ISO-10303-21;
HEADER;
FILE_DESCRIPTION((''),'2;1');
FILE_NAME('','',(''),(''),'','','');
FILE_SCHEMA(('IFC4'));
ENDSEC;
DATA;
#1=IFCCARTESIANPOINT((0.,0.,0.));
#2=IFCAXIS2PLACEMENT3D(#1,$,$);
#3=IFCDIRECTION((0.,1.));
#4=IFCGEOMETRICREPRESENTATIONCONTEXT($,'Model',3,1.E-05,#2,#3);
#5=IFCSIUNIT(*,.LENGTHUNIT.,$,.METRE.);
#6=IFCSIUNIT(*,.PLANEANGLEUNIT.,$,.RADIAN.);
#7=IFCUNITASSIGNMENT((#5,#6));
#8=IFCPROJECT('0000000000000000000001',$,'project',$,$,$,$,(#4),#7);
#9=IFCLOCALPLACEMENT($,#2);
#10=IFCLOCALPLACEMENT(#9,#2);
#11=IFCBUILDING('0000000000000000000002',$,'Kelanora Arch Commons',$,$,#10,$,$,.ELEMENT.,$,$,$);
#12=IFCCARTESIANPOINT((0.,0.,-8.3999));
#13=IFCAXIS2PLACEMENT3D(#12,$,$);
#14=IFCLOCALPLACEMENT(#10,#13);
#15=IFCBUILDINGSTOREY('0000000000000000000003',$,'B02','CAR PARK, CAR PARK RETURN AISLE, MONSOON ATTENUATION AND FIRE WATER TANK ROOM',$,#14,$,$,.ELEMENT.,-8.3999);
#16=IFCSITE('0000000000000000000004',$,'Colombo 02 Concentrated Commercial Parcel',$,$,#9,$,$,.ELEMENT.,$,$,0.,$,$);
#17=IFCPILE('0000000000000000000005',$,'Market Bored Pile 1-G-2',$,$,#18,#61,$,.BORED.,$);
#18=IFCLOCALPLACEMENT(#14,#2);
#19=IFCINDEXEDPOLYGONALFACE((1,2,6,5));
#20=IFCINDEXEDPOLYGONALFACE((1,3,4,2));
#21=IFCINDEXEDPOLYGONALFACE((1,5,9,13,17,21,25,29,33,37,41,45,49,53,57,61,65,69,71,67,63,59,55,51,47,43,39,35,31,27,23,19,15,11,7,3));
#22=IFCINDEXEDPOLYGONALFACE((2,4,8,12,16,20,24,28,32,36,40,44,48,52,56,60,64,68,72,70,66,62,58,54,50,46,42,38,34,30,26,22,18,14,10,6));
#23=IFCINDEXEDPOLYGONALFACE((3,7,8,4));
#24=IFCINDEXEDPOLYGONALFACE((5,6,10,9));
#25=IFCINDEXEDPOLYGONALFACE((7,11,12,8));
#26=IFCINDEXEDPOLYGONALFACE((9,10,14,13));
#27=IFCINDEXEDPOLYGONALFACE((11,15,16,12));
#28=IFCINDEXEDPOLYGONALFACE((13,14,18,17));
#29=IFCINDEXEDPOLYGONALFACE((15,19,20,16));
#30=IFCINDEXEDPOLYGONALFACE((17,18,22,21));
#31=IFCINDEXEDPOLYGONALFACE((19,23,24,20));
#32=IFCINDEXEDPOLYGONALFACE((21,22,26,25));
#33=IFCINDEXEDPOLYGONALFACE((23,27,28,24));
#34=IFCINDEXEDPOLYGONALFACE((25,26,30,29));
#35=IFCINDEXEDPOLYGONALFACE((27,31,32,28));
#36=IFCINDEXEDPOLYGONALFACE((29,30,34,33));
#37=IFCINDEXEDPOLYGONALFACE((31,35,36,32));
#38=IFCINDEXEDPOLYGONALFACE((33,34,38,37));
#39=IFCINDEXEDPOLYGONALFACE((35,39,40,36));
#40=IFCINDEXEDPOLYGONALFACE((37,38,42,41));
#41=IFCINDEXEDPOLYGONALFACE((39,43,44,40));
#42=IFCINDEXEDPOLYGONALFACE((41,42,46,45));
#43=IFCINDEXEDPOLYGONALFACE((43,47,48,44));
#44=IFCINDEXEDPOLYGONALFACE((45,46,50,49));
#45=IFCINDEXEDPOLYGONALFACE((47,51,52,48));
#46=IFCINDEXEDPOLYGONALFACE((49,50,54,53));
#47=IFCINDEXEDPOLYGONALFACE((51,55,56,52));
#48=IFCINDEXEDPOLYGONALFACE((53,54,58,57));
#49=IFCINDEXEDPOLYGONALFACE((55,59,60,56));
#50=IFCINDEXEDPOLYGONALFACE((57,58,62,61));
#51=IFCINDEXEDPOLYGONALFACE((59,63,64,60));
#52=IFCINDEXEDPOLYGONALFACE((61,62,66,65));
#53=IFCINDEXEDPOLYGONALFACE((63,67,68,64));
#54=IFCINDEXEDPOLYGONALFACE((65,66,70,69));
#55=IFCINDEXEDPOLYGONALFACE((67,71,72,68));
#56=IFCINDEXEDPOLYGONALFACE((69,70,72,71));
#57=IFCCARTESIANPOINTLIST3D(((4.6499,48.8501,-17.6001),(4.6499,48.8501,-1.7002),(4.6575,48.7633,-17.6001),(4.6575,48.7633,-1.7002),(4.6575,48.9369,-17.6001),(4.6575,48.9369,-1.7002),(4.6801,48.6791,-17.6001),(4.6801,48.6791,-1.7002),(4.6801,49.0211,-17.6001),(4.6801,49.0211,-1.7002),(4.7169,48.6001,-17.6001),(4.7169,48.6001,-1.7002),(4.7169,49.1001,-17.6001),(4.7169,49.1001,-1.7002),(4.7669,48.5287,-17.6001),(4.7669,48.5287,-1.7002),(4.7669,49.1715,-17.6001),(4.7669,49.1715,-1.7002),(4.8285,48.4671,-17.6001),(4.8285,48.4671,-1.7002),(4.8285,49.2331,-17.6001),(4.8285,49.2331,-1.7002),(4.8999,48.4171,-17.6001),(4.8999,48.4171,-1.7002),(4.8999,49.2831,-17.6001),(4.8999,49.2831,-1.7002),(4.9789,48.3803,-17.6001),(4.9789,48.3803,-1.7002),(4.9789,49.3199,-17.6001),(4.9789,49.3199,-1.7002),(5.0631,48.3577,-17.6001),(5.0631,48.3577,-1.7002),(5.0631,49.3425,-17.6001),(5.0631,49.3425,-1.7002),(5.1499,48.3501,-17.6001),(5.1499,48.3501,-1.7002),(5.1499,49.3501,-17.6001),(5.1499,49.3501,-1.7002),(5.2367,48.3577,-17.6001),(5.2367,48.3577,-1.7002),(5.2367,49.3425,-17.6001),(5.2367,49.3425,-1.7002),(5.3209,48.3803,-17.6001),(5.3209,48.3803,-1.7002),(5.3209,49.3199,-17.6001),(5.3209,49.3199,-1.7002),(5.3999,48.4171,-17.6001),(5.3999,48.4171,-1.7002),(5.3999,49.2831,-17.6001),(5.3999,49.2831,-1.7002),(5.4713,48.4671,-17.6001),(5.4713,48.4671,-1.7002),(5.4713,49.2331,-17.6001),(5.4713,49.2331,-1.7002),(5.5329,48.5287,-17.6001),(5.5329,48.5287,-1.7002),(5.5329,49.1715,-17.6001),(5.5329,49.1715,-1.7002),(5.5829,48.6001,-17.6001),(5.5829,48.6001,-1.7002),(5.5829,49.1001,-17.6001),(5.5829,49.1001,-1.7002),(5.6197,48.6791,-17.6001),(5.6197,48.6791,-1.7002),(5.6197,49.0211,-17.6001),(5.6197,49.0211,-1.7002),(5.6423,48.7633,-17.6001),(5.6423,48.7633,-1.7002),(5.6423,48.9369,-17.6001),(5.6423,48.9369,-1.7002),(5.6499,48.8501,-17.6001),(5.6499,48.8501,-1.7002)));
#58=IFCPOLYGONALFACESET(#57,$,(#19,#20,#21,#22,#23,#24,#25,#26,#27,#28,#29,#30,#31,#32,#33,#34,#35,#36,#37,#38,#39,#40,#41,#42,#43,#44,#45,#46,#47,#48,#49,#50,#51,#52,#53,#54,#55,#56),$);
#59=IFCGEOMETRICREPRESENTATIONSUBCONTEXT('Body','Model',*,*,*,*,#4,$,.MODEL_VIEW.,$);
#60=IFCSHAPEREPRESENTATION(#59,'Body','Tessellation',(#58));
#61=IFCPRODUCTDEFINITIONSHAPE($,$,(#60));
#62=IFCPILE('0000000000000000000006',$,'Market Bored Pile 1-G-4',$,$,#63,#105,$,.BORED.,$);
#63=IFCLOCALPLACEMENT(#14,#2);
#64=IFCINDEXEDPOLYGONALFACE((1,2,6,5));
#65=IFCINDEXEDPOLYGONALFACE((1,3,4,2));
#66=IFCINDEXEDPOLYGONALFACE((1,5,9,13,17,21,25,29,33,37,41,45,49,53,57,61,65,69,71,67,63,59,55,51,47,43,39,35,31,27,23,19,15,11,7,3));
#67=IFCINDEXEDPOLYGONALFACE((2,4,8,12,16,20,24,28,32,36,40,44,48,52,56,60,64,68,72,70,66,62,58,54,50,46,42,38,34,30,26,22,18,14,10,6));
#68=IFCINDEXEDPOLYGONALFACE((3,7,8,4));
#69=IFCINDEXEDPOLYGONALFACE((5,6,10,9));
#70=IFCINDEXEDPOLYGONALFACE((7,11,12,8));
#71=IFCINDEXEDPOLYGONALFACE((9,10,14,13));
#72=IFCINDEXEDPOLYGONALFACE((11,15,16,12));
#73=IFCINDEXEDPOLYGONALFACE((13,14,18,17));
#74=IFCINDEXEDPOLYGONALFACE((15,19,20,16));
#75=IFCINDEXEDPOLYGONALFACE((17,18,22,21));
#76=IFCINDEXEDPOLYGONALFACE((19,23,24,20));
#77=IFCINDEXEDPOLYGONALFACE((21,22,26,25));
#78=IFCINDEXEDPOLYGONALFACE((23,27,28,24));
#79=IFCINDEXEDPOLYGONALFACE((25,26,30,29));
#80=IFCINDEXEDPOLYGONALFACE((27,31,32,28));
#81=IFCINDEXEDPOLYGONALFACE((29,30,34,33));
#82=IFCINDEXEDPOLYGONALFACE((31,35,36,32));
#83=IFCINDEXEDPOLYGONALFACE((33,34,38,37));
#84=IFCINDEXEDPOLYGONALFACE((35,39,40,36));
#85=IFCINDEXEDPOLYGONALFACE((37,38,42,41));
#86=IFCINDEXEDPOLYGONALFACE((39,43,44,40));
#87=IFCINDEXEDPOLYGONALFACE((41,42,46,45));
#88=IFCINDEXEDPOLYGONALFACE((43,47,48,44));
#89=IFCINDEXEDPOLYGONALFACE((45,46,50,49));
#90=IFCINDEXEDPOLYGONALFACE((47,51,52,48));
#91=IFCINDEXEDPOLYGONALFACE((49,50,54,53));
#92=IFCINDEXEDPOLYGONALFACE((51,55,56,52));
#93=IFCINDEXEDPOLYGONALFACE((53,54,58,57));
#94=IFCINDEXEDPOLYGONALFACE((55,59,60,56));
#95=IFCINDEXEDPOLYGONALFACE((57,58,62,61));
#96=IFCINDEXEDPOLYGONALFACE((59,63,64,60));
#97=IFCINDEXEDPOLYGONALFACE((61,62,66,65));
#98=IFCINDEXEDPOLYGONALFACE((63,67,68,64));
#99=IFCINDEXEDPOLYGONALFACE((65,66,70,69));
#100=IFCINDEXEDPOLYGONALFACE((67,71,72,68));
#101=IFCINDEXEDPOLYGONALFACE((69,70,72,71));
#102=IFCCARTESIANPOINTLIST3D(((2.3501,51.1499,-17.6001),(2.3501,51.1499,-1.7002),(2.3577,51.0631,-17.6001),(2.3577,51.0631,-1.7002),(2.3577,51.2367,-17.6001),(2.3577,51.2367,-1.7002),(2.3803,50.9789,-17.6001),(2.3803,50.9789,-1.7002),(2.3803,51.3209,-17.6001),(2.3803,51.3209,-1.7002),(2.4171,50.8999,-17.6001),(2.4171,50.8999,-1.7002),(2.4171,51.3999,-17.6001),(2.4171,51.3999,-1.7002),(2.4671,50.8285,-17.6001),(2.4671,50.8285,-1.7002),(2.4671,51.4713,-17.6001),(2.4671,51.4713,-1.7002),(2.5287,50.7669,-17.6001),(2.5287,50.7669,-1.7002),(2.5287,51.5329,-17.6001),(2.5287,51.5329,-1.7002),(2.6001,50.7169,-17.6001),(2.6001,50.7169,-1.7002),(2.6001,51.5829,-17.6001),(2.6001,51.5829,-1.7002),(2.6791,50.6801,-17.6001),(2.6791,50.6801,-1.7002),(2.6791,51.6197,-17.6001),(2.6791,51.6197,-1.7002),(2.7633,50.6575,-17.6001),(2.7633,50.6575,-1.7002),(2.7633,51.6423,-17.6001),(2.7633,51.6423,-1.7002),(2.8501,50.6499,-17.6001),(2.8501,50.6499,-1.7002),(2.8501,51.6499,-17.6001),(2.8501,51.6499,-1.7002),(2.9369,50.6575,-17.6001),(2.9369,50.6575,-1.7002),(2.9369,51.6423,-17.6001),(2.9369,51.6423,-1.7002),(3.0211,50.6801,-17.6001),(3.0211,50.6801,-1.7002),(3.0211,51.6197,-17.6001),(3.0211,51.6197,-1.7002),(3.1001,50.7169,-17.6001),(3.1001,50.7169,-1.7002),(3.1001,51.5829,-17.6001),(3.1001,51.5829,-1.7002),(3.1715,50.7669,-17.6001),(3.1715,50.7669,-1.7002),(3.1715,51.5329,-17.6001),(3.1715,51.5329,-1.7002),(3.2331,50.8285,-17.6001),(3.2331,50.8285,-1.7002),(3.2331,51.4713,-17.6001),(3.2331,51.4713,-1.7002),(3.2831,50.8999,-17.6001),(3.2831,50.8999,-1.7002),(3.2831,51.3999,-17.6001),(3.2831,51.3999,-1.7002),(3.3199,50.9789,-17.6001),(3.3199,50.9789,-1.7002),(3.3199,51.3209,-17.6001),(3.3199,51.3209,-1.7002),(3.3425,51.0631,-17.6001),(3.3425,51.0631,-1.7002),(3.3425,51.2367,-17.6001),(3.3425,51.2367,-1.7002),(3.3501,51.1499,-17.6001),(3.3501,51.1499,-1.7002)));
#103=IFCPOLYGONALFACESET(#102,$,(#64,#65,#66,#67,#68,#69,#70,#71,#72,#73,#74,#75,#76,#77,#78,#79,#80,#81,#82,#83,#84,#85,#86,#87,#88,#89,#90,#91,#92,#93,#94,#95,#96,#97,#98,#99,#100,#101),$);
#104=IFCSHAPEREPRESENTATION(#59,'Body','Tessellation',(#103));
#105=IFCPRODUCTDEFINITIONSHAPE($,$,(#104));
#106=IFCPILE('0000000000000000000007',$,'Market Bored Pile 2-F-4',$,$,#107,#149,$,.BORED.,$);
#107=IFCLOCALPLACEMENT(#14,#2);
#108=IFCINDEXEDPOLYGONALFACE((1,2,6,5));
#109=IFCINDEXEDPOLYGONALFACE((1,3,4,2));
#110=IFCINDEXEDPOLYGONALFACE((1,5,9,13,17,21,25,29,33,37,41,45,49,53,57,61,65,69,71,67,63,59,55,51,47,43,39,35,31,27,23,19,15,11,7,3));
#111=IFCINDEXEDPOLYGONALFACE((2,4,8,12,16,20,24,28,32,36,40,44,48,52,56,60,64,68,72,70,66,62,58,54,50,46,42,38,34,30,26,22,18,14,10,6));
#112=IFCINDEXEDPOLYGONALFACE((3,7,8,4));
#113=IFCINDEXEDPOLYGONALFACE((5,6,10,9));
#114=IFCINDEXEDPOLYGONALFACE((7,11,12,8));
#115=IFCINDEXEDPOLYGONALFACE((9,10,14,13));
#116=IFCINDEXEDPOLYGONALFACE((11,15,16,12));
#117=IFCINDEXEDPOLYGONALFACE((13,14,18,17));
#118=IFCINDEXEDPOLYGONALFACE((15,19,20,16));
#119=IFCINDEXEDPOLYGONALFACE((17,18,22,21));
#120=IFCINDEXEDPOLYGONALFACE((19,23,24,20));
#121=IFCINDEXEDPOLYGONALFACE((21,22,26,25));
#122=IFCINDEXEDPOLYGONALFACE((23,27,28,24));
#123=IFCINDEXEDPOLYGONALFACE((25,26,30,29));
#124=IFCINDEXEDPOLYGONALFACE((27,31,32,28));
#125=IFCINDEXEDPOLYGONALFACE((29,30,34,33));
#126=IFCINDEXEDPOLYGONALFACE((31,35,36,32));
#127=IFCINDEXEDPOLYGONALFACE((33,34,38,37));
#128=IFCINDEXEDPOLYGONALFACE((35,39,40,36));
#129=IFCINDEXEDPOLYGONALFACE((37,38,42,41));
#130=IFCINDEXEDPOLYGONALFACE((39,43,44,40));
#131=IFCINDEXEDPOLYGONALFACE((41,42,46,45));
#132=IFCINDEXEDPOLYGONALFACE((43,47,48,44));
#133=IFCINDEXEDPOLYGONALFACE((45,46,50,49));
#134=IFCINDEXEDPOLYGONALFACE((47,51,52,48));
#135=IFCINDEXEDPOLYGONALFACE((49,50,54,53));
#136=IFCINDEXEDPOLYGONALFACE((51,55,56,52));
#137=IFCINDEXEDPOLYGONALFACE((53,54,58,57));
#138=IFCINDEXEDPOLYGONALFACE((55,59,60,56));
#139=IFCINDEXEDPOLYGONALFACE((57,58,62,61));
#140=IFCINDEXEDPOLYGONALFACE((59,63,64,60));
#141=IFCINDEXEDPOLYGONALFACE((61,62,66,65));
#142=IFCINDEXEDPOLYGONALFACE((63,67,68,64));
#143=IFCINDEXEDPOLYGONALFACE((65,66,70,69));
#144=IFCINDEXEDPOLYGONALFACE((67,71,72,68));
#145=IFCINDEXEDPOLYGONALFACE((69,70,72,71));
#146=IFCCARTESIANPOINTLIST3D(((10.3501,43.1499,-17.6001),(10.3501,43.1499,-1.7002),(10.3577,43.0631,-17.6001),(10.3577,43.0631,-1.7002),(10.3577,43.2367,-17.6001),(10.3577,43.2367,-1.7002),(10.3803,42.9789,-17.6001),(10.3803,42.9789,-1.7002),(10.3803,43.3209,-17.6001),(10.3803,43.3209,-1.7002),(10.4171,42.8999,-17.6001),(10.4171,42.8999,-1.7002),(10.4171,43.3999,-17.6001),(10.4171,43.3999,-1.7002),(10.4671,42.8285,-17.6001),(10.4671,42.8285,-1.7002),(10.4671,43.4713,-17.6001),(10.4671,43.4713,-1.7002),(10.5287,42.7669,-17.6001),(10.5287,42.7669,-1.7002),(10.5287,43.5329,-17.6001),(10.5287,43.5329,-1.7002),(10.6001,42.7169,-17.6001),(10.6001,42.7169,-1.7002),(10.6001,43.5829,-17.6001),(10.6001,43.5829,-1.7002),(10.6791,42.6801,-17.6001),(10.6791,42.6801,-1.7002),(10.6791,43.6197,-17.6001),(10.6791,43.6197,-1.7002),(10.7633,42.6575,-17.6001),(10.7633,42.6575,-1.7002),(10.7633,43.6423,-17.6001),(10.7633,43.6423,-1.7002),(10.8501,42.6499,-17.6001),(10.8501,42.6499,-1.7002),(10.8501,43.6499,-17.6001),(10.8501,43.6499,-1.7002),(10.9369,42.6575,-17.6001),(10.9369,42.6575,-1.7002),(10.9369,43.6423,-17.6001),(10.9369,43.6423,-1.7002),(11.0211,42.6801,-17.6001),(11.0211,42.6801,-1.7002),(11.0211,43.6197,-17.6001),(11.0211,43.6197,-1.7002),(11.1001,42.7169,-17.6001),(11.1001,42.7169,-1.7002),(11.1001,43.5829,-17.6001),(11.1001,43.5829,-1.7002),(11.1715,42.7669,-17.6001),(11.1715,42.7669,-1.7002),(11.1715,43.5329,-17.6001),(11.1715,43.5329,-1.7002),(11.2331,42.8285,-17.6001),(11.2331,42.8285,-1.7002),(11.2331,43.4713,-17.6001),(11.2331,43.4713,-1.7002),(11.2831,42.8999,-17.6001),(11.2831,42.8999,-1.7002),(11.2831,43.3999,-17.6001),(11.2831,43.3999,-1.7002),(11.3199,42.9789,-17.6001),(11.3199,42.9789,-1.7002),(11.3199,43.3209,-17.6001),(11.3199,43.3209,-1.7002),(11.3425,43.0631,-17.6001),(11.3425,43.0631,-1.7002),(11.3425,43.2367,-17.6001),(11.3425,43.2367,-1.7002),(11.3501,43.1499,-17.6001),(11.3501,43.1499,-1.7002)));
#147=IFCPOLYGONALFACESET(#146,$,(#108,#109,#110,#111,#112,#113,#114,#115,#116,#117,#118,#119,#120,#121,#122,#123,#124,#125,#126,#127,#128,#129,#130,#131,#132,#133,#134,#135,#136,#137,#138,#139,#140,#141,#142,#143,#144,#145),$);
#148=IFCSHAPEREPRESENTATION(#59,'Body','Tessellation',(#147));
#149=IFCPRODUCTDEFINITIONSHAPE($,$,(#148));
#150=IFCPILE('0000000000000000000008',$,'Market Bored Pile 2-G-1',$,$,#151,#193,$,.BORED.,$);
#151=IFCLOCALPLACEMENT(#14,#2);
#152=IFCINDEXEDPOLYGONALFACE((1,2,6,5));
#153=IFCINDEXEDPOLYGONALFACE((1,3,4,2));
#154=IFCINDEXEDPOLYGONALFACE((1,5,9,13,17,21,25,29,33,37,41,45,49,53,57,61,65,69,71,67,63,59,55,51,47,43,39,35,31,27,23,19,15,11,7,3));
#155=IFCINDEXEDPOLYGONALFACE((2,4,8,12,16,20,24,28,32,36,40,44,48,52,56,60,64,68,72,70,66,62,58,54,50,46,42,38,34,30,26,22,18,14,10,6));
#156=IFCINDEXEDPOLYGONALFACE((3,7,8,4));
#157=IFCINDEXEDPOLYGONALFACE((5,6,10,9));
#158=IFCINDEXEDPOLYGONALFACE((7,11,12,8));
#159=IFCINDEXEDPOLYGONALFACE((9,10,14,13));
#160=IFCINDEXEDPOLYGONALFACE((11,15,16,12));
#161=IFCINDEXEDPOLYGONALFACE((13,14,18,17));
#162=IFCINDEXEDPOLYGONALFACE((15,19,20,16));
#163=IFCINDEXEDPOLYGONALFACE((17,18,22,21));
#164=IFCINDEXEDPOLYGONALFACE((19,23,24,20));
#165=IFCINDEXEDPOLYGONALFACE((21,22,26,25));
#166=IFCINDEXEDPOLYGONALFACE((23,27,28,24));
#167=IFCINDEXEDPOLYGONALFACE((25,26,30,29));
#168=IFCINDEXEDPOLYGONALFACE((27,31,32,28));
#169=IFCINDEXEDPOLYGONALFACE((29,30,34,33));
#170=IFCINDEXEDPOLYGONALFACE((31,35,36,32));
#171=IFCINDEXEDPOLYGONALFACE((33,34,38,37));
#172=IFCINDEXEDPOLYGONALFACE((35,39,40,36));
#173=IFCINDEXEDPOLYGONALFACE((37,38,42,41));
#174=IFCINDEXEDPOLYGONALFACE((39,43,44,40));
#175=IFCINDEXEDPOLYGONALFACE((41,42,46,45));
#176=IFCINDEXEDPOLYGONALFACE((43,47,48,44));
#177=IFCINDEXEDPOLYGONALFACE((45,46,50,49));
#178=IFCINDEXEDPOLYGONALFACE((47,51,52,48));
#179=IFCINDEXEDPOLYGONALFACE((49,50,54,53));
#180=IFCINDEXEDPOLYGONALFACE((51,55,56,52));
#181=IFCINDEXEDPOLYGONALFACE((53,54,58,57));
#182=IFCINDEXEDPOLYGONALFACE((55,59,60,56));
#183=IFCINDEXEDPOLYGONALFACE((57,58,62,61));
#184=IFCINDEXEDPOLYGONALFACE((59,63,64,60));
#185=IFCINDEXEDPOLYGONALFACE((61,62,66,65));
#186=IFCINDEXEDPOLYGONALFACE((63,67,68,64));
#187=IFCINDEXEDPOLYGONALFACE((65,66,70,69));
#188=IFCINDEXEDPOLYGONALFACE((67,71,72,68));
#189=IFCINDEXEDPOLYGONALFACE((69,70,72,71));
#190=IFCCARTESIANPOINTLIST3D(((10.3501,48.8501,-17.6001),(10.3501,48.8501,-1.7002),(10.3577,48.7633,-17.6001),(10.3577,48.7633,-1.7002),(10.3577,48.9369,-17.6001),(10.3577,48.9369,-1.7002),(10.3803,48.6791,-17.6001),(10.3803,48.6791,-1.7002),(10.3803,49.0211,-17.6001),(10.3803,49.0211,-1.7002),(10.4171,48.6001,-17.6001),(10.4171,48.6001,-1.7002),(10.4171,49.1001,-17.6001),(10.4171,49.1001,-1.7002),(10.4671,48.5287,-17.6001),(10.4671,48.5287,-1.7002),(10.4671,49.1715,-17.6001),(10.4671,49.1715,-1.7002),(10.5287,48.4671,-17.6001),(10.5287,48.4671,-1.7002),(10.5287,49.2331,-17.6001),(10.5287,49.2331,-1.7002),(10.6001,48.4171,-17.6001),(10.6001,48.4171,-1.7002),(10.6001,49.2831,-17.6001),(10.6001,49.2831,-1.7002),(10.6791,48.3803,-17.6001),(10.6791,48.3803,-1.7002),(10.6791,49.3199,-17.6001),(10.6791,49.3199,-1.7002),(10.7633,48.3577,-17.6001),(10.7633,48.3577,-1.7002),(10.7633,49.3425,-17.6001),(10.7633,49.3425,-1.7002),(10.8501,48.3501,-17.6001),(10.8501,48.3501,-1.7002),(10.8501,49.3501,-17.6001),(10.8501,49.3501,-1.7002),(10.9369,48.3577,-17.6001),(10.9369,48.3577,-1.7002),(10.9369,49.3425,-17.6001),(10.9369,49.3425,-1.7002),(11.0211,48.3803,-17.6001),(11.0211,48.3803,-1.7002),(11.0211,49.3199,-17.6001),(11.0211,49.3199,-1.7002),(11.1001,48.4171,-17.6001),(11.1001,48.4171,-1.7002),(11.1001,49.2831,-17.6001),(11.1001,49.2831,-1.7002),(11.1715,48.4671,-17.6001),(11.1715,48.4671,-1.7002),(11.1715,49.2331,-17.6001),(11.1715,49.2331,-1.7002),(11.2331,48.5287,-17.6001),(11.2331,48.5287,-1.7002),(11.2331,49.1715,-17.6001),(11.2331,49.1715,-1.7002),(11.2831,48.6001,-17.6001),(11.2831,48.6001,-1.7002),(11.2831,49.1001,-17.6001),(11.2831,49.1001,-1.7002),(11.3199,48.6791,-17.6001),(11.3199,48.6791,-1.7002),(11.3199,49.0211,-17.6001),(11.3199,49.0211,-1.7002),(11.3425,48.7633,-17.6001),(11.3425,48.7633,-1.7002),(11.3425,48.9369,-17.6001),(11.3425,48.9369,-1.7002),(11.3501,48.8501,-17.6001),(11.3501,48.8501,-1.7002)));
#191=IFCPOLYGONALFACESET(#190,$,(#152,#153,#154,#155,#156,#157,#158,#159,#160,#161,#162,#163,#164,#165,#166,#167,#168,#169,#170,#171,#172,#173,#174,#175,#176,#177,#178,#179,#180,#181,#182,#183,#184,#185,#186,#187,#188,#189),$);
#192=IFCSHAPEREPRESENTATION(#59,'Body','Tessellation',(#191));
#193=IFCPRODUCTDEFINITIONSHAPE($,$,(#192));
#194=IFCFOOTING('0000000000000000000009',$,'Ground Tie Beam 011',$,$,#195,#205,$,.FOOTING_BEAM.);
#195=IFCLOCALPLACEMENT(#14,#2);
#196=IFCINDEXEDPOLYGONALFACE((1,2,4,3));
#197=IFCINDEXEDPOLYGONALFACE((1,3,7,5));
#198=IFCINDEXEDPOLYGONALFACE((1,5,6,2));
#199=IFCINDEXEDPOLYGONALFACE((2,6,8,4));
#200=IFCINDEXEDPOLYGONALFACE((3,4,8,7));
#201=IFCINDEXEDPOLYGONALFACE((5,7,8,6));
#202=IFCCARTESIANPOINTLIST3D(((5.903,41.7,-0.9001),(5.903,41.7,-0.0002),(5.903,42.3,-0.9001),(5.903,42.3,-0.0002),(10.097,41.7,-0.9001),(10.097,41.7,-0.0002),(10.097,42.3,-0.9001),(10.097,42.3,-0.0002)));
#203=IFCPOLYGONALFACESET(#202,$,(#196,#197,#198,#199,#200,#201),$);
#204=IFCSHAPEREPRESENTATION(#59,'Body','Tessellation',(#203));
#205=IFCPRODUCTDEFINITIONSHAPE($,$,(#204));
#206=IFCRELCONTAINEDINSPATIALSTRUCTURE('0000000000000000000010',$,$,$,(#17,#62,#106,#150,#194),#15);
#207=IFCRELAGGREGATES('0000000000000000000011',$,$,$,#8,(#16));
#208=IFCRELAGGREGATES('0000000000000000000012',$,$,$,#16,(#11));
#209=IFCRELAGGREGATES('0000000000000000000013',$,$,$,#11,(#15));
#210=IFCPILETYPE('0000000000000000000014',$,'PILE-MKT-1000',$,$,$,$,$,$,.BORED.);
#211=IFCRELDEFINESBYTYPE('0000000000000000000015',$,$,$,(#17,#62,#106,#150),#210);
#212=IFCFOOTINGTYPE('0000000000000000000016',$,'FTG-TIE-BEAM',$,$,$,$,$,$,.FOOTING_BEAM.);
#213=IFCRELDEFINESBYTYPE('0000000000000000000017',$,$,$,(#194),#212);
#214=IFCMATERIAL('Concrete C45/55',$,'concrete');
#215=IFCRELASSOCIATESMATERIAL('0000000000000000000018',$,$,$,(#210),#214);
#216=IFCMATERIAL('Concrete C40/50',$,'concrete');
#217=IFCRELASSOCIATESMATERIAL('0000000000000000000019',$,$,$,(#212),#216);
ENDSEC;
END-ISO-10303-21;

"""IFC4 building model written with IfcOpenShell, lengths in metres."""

from ifc_helpers import new_model, si_unit, direction, frame, origin, origin_2d, place, context, subcontext, project, spatial, rectangle, circle, extrude, source, transform, mapped, material, material_profile, profile_set, type_object, element, save


model = new_model("IFC4")

# Units and contexts
model_context = context("Model", 3, precision=1e-05, world=origin(), true_north=direction((0.0, 1.0)))
body_context = subcontext(model_context, "Body", "Model", "MODEL_VIEW")
ifc_project = project(units=[si_unit("LENGTHUNIT", "METRE"), si_unit("PLANEANGLEUNIT", "RADIAN")], contexts=[model_context])

# Site, building, storey
site_placement = place(None, origin())
site = spatial("IfcSite", under=ifc_project, at=site_placement, Name="Colombo 02 Concentrated Commercial Parcel", CompositionType="ELEMENT", RefElevation=0.0)
building_placement = place(site_placement, origin())
building = spatial("IfcBuilding", under=site, at=building_placement, Name="Kelanora Arch Commons", CompositionType="ELEMENT")
storey_placement = place(building_placement, frame((0.0, 0.0, -8.3999)))
storey = spatial("IfcBuildingStorey", under=building, at=storey_placement, Name="B02", Description="CAR PARK, CAR PARK RETURN AISLE, MONSOON ATTENUATION AND FIRE WATER TANK ROOM", CompositionType="ELEMENT", Elevation=-8.3999)

# Shared definitions
ifc_material_1 = material(Name="Concrete C40/50", Category="concrete")

# Piles
ifc_material_2 = material(Name="Concrete C45/55", Category="concrete")
ifc_material_profile_1 = material_profile(ifc_material_2, circle(Radius=0.5, at=origin_2d()), Name="PILE1000")
ifc_profile_set_1 = profile_set([ifc_material_profile_1], Name="Concrete C45/55")
pile_type = type_object("IfcPileType", Name="PILE-MKT-1000", PredefinedType="BORED", material=ifc_profile_set_1)
shared_shape_1 = source(origin(), body_context, "Body", "SweptSolid", [
    extrude(circle(Radius=0.5, at=origin_2d()), origin(), (0.0, 0.0, 1.0), 15.8999),
])
for number, where, z_axis, x_axis, name in (
    (1, (5.1499, 48.8501, -1.7002), (0.0, 0.0, -1.0), (1.0, 0.0, 0.0), "Market Bored Pile 1-G-2"),
    (2, (2.8501, 51.1499, -1.7002), (0.0, 0.0, -1.0), (1.0, 0.0, 0.0), "Market Bored Pile 1-G-4"),
    (3, (10.8501, 43.1499, -1.7002), (0.0, 0.0, -1.0), (1.0, 0.0, 0.0), "Market Bored Pile 2-F-4"),
    (4, (10.8501, 48.8501, -1.7002), (0.0, 0.0, -1.0), (1.0, 0.0, 0.0), "Market Bored Pile 2-G-1"),
):
    element("IfcPile", number, at=place(storey_placement, frame(where, z_axis=z_axis, x_axis=x_axis)), inside=storey, type_object=pile_type, Name=name, PredefinedType="BORED", context=body_context, shape_type="MappedRepresentation", body=[
        mapped(shared_shape_1, transform((0.0, 0.0, 0.0), scale=1.0)),
    ])

# Footing
footing_type_1 = type_object("IfcFootingType", Name="FTG-TIE-BEAM", PredefinedType="FOOTING_BEAM", material=ifc_material_1)
shared_shape_2 = source(origin(), body_context, "Body", "SweptSolid", [
    extrude(rectangle(XDim=4.1941, YDim=0.6001, at=origin_2d()), origin(), (0.0, 0.0, 1.0), 0.8999),
])
for number, where, z_axis, x_axis, name in (
    (5, (8.0, 42.0, -0.9001), (0.0, 0.0, 1.0), (1.0, 0.0, 0.0), "Ground Tie Beam 011"),
):
    element("IfcFooting", number, at=place(storey_placement, frame(where, z_axis=z_axis, x_axis=x_axis)), inside=storey, type_object=footing_type_1, Name=name, PredefinedType="FOOTING_BEAM", context=body_context, shape_type="MappedRepresentation", body=[
        mapped(shared_shape_2, transform((0.0, 0.0, 0.0), scale=1.0)),
    ])

save(model, "model.ifc")
